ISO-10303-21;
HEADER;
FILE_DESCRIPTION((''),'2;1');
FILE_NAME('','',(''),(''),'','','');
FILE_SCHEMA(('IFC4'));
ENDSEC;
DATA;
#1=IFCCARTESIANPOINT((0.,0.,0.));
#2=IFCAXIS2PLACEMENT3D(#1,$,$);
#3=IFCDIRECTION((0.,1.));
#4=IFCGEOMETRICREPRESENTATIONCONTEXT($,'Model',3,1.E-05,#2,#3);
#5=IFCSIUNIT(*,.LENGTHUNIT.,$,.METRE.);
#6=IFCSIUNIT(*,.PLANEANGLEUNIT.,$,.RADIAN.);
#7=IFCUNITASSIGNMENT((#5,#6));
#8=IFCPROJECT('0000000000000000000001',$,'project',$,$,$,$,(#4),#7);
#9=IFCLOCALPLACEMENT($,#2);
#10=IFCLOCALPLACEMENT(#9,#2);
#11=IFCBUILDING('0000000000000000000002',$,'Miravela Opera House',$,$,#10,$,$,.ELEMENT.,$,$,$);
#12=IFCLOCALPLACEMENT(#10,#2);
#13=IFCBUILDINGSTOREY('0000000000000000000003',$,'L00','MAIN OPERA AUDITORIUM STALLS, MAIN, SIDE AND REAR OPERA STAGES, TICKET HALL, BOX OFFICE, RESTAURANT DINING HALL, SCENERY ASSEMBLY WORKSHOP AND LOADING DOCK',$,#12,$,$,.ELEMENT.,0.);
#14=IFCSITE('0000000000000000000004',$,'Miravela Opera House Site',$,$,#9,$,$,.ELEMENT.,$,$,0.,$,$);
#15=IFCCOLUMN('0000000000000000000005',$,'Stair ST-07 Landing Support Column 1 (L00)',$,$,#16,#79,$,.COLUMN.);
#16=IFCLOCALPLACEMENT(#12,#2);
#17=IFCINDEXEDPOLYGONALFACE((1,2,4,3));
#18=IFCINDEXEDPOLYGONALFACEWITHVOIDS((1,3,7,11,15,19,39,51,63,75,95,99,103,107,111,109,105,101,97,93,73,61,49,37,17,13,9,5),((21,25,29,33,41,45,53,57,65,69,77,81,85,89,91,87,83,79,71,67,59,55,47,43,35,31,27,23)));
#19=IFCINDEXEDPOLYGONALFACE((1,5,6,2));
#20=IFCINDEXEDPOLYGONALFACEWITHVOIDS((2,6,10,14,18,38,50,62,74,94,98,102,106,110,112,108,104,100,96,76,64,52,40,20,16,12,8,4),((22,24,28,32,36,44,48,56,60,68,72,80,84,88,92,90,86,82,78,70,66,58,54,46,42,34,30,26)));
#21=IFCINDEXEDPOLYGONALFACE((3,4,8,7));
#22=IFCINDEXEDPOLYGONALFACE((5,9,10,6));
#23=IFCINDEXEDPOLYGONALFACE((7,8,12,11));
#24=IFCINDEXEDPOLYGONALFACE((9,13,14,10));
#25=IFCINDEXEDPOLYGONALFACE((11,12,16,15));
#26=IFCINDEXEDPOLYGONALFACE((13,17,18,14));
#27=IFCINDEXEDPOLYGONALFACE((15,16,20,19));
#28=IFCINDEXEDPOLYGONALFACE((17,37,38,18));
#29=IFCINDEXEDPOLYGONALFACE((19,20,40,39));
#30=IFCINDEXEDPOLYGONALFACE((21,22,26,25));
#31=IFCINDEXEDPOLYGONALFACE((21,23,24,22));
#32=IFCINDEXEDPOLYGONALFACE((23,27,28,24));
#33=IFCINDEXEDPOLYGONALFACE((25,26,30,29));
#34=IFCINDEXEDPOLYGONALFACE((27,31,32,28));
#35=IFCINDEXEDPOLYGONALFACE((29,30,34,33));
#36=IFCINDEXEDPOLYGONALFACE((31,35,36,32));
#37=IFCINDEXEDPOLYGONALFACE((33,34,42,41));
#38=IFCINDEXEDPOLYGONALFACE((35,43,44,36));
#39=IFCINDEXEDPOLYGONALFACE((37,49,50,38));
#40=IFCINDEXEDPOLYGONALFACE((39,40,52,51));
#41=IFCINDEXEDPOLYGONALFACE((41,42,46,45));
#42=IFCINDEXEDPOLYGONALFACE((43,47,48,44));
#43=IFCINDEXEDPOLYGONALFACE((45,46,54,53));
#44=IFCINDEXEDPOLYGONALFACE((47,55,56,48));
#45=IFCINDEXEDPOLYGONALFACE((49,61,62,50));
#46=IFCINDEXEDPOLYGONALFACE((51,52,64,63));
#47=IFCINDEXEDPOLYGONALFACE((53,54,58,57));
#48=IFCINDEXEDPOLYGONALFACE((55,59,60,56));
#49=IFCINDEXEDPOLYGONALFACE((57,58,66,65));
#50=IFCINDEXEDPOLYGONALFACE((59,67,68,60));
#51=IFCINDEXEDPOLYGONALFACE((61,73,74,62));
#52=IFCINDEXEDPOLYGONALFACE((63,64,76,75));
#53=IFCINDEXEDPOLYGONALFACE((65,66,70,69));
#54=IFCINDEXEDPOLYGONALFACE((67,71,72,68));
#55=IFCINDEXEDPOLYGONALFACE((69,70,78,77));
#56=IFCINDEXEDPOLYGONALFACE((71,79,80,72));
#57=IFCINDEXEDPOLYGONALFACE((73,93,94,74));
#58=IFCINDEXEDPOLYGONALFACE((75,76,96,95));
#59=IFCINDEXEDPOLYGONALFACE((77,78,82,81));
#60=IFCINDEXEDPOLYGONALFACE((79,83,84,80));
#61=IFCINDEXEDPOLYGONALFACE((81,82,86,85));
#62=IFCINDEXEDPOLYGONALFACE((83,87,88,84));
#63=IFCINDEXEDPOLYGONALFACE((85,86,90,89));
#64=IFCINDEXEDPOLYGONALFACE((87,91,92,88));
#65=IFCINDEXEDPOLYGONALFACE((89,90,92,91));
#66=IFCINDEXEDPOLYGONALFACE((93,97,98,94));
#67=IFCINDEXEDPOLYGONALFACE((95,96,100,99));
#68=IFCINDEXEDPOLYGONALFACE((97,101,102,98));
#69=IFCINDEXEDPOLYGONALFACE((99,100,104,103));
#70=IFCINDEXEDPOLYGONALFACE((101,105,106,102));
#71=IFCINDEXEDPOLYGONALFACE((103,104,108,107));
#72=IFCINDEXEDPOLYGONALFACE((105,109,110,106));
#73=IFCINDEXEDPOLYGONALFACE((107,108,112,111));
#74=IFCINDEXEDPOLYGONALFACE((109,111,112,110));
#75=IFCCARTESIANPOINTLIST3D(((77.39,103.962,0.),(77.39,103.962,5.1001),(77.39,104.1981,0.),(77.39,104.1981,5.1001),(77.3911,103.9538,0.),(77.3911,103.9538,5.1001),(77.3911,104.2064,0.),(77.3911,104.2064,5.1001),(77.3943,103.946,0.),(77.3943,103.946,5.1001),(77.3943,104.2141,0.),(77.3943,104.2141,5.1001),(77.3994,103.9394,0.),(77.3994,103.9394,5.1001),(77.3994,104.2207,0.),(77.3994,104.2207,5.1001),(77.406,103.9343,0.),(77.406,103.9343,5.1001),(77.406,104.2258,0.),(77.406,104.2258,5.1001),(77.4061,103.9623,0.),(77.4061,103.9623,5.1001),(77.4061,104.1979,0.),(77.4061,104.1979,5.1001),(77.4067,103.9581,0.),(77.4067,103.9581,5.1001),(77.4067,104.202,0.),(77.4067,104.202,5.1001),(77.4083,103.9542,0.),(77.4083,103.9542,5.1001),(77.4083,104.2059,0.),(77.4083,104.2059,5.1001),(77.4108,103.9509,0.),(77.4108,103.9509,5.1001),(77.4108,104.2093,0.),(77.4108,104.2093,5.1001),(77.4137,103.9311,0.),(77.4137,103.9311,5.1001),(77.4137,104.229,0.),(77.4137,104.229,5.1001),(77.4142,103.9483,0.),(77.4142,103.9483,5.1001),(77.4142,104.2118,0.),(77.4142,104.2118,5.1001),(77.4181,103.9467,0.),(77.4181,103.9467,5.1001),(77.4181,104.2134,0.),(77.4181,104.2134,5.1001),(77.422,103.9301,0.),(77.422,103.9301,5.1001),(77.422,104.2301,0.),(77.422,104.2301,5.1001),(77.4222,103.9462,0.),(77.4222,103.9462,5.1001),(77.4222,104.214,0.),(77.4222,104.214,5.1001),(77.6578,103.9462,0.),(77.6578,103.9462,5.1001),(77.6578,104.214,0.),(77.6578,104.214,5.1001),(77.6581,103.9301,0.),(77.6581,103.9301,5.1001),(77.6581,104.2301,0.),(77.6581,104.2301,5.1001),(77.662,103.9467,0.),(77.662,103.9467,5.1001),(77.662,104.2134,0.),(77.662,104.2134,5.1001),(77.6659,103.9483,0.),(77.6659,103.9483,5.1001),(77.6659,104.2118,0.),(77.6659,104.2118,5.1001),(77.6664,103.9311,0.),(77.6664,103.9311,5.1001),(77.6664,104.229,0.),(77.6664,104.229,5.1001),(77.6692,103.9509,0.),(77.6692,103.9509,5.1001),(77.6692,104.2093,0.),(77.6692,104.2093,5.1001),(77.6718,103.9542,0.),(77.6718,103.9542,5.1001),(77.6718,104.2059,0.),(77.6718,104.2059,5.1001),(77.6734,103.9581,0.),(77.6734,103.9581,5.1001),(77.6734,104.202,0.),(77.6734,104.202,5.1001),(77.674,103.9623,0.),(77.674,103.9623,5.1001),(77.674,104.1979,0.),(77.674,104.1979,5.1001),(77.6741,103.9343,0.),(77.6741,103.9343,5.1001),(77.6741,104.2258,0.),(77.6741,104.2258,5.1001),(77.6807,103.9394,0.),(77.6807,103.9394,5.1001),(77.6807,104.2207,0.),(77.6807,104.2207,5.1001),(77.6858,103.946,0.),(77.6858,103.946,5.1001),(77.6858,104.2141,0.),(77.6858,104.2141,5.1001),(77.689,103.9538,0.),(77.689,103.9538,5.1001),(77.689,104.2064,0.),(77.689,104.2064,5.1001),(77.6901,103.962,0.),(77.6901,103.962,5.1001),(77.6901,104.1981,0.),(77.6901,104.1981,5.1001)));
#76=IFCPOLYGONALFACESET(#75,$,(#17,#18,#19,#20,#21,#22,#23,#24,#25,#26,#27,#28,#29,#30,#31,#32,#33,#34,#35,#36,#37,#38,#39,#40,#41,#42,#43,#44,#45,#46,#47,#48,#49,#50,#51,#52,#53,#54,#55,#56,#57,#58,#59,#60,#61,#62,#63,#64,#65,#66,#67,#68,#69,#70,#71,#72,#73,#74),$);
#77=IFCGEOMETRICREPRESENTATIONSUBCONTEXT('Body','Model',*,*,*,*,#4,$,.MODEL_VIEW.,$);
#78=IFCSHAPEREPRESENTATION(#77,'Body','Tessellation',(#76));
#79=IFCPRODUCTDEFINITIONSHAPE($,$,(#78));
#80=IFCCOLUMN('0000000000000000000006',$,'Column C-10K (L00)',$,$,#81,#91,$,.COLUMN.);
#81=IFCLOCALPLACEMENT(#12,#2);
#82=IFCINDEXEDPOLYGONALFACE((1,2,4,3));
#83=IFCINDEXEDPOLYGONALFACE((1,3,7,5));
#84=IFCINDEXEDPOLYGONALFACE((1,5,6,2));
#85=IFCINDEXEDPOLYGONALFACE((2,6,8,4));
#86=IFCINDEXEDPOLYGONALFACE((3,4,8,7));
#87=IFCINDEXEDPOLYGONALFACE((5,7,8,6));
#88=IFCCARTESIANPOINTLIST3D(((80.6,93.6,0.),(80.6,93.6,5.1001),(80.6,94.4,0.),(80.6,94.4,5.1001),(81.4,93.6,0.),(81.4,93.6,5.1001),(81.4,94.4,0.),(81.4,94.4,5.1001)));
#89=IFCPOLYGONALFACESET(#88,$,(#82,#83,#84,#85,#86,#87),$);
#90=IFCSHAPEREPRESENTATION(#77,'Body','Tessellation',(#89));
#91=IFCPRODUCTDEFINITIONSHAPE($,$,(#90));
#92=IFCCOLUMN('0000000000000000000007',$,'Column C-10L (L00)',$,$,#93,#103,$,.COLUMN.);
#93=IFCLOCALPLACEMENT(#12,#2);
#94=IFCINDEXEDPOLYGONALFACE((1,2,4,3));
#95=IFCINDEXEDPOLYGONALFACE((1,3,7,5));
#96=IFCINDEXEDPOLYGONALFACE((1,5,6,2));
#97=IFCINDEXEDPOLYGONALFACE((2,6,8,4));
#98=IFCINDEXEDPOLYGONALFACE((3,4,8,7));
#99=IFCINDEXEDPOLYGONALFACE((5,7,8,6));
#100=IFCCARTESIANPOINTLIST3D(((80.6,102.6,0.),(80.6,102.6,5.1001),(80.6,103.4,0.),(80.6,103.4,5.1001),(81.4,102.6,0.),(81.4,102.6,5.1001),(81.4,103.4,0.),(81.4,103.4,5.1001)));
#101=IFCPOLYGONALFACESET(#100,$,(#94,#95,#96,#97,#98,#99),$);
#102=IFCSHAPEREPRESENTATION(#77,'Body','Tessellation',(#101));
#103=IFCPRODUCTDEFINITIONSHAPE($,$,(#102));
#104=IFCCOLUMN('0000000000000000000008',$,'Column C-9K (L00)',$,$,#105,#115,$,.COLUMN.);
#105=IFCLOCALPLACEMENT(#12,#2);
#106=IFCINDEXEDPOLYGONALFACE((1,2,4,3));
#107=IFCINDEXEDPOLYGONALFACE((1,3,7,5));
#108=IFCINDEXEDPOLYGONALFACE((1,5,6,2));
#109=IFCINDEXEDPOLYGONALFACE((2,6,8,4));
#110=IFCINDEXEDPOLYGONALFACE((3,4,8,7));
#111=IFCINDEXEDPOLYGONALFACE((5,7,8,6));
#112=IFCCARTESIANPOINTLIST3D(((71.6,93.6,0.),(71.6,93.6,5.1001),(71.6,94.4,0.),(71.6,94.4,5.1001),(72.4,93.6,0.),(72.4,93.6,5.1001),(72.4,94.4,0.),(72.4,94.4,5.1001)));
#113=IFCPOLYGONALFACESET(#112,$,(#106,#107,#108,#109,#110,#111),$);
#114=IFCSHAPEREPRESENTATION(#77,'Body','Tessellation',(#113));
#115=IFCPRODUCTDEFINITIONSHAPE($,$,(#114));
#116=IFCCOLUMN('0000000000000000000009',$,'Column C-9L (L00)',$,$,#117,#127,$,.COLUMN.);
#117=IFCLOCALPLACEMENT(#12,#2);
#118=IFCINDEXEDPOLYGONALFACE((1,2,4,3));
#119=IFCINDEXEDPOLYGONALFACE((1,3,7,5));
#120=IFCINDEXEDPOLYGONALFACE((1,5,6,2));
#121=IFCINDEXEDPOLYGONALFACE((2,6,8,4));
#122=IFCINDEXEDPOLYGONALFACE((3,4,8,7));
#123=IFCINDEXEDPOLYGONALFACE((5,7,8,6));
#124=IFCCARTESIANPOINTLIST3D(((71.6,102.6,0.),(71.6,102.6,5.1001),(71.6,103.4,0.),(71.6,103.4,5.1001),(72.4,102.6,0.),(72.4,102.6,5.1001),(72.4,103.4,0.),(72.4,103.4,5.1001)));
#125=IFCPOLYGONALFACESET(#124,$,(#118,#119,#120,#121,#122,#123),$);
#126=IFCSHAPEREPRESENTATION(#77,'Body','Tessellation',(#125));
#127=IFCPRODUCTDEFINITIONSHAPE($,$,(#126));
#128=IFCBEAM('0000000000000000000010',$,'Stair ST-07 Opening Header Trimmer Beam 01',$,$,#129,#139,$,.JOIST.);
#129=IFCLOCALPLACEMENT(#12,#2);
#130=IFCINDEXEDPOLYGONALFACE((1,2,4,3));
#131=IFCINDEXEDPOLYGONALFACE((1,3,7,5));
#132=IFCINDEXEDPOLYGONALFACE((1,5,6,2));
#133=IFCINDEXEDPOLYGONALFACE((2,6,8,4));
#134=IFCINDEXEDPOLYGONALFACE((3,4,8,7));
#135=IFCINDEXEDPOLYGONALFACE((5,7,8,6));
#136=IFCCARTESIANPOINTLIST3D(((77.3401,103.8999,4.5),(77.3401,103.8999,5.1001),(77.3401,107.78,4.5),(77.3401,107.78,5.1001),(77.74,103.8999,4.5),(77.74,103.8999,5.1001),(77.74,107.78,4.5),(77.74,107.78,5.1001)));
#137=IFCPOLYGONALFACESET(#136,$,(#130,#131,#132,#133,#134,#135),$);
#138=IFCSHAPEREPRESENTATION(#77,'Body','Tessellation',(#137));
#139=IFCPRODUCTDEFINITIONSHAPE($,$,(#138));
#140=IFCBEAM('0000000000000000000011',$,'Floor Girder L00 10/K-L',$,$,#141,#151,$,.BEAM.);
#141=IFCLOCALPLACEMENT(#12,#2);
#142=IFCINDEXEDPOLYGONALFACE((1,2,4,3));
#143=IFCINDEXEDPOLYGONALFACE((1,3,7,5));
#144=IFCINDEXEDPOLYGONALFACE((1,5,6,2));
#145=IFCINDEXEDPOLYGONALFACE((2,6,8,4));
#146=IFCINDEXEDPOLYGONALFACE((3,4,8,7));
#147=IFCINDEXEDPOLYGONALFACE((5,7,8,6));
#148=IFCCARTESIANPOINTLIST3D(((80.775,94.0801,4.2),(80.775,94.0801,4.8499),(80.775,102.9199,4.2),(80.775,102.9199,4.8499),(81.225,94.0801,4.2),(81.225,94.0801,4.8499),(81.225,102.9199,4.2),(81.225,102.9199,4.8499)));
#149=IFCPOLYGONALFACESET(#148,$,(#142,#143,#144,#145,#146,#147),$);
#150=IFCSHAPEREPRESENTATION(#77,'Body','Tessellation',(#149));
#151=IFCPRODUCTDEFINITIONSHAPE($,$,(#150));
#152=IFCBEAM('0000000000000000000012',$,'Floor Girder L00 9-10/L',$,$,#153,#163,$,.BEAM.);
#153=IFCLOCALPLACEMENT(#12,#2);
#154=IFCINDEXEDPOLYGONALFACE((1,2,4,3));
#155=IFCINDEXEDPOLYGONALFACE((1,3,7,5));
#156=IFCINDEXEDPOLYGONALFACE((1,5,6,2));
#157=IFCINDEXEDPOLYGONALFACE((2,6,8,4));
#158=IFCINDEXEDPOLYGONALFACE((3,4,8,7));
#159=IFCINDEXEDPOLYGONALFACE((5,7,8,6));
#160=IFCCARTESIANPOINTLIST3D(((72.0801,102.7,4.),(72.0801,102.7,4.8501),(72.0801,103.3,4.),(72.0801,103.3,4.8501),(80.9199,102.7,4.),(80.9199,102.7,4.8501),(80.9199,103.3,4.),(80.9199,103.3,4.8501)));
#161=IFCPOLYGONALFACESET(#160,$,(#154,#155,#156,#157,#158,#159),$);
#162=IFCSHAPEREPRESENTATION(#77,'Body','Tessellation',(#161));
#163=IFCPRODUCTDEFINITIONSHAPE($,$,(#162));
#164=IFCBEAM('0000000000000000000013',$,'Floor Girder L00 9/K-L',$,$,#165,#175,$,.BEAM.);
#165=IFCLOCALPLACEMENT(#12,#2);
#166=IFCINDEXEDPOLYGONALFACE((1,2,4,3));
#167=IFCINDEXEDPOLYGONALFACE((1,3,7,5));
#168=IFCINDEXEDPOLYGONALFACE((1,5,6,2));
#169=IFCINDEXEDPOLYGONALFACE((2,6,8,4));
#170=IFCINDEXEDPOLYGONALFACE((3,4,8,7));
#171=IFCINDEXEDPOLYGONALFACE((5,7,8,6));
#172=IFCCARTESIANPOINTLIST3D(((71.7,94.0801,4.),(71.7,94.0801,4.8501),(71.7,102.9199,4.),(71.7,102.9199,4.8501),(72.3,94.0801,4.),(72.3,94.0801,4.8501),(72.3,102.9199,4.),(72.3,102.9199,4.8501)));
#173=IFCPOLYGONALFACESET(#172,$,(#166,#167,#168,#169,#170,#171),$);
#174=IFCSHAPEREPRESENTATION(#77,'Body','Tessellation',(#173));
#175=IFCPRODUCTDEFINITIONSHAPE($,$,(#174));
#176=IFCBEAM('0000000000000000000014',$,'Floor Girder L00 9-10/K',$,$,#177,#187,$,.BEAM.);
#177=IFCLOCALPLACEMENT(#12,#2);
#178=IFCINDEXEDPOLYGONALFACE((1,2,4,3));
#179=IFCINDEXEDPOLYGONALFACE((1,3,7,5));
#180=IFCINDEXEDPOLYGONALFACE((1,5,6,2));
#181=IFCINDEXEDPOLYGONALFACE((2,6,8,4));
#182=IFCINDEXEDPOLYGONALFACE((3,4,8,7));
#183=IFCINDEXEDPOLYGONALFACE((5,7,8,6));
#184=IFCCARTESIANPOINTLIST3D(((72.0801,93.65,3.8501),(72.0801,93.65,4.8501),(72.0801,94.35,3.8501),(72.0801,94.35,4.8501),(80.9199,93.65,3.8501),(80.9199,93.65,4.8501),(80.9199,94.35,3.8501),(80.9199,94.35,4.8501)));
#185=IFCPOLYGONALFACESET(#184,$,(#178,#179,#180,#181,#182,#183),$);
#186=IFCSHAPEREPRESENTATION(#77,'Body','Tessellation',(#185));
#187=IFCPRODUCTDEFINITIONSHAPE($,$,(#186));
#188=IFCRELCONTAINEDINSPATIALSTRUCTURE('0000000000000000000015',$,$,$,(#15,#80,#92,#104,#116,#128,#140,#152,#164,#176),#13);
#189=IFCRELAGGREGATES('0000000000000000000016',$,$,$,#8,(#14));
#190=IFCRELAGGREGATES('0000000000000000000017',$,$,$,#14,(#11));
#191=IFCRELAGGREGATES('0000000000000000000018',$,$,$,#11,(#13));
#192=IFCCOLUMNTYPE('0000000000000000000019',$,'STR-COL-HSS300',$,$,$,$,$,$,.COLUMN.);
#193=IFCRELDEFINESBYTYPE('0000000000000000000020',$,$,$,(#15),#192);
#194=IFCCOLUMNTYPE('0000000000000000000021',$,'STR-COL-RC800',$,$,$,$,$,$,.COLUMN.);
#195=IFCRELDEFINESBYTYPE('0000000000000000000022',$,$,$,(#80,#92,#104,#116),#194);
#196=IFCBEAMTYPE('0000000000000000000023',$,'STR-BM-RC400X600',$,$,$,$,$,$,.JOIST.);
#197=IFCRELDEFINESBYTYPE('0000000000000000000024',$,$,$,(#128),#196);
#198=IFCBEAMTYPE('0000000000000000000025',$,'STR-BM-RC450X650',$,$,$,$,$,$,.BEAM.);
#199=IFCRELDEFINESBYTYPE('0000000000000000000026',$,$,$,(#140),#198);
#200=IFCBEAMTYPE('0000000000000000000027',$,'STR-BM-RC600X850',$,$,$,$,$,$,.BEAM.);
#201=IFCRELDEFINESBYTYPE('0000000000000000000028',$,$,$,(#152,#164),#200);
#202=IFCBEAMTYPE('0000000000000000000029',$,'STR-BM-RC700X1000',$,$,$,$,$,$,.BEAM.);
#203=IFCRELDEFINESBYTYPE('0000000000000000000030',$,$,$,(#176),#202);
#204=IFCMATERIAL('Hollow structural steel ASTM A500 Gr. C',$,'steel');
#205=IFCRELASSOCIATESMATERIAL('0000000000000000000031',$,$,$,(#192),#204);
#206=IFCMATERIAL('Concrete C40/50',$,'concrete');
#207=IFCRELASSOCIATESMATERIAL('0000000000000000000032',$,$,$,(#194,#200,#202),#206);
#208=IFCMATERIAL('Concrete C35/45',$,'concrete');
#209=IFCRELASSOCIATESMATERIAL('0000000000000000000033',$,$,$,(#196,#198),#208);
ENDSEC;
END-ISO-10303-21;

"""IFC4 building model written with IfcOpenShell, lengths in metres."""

from ifc_helpers import new_model, si_unit, direction, frame, origin, origin_2d, place, context, subcontext, project, spatial, rectangle, hollow_rectangle, extrude, material, material_profile, profile_set, type_object, element, save


model = new_model("IFC4")

# Units and contexts
model_context = context("Model", 3, precision=1e-05, world=origin(), true_north=direction((0.0, 1.0)))
body_context = subcontext(model_context, "Body", "Model", "MODEL_VIEW")
ifc_project = project(units=[si_unit("LENGTHUNIT", "METRE"), si_unit("PLANEANGLEUNIT", "RADIAN")], contexts=[model_context])

# Site, building, storey
site_placement = place(None, origin())
site = spatial("IfcSite", under=ifc_project, at=site_placement, Name="Miravela Opera House Site", CompositionType="ELEMENT", RefElevation=0.0)
building_placement = place(site_placement, origin())
building = spatial("IfcBuilding", under=site, at=building_placement, Name="Miravela Opera House", CompositionType="ELEMENT")
storey_placement = place(building_placement, origin())
storey = spatial("IfcBuildingStorey", under=building, at=storey_placement, Name="L00", Description="MAIN OPERA AUDITORIUM STALLS, MAIN, SIDE AND REAR OPERA STAGES, TICKET HALL, BOX OFFICE, RESTAURANT DINING HALL, SCENERY ASSEMBLY WORKSHOP AND LOADING DOCK", CompositionType="ELEMENT", Elevation=0.0)

# Columns
ifc_material_1 = material(Name="Hollow structural steel ASTM A500 Gr. C", Category="steel")
ifc_material_profile_1 = material_profile(ifc_material_1, hollow_rectangle(XDim=0.3, YDim=0.3, WallThickness=0.0161, InnerFilletRadius=0.0161, OuterFilletRadius=0.032, at=origin_2d()), Name="HSS300X300X16")
ifc_profile_set_1 = profile_set([ifc_material_profile_1])
column_type_1 = type_object("IfcColumnType", Name="STR-COL-HSS300", PredefinedType="COLUMN", material=ifc_profile_set_1)
column_placement = place(storey_placement, frame((77.54, 104.0801, 0.0), z_axis=(0.0, 0.0, 1.0), x_axis=(1.0, 0.0, 0.0)))
element("IfcColumn", 1, at=column_placement, inside=storey, type_object=column_type_1, Name="Stair ST-07 Landing Support Column 1 (L00)", PredefinedType="COLUMN", context=body_context, shape_type="SweptSolid", body=[
    extrude(hollow_rectangle(XDim=0.3, YDim=0.3, WallThickness=0.0161, InnerFilletRadius=0.0161, OuterFilletRadius=0.032, at=origin_2d()), origin(), (0.0, 0.0, 1.0), 5.1001),
])
ifc_material_2 = material(Name="Concrete C40/50", Category="concrete")
ifc_material_profile_2 = material_profile(ifc_material_2, rectangle(XDim=0.8, YDim=0.8, at=origin_2d()), Name="RC-COL-800X800")
ifc_profile_set_2 = profile_set([ifc_material_profile_2])
column_type_2 = type_object("IfcColumnType", Name="STR-COL-RC800", PredefinedType="COLUMN", material=ifc_profile_set_2)
for number, where, z_axis, x_axis, name in (
    (2, (81.0, 94.0, 0.0), (0.0, 0.0, 1.0), (1.0, 0.0, 0.0), "Column C-10K (L00)"),
    (3, (81.0, 103.0, 0.0), (0.0, 0.0, 1.0), (1.0, 0.0, 0.0), "Column C-10L (L00)"),
    (4, (72.0, 94.0, 0.0), (0.0, 0.0, 1.0), (1.0, 0.0, 0.0), "Column C-9K (L00)"),
    (5, (72.0, 103.0, 0.0), (0.0, 0.0, 1.0), (1.0, 0.0, 0.0), "Column C-9L (L00)"),
):
    element("IfcColumn", number, at=place(storey_placement, frame(where, z_axis=z_axis, x_axis=x_axis)), inside=storey, type_object=column_type_2, Name=name, PredefinedType="COLUMN", context=body_context, shape_type="SweptSolid", body=[
        extrude(rectangle(XDim=0.8, YDim=0.8, at=origin_2d()), origin(), (0.0, 0.0, 1.0), 5.1001),
    ])

# Beams
ifc_material_3 = material(Name="Concrete C35/45", Category="concrete")
ifc_material_profile_3 = material_profile(ifc_material_3, rectangle(XDim=0.3999, YDim=0.6001, at=origin_2d()), Name="RC-BM-400X600")
ifc_profile_set_3 = profile_set([ifc_material_profile_3])
beam_type_1 = type_object("IfcBeamType", Name="STR-BM-RC400X600", PredefinedType="JOIST", material=ifc_profile_set_3)
beam_1_placement = place(storey_placement, frame((77.54, 103.8999, 4.8), z_axis=(0.0, 1.0, 0.0), x_axis=(-1.0, 0.0, 0.0)))
element("IfcBeam", 6, at=beam_1_placement, inside=storey, type_object=beam_type_1, Name="Stair ST-07 Opening Header Trimmer Beam 01", PredefinedType="JOIST", context=body_context, shape_type="SweptSolid", body=[
    extrude(rectangle(XDim=0.3999, YDim=0.6001, at=origin_2d()), origin(), (0.0, 0.0, 1.0), 3.8801),
])
ifc_material_profile_4 = material_profile(ifc_material_3, rectangle(XDim=0.45, YDim=0.6499, at=origin_2d()), Name="RC-BM-450X650")
ifc_profile_set_4 = profile_set([ifc_material_profile_4])
beam_type_2 = type_object("IfcBeamType", Name="STR-BM-RC450X650", PredefinedType="BEAM", material=ifc_profile_set_4)
beam_2_placement = place(storey_placement, frame((81.0, 94.0801, 4.5249), z_axis=(0.0, 1.0, 0.0), x_axis=(-1.0, 0.0, 0.0)))
element("IfcBeam", 7, at=beam_2_placement, inside=storey, type_object=beam_type_2, Name="Floor Girder L00 10/K-L", PredefinedType="BEAM", context=body_context, shape_type="SweptSolid", body=[
    extrude(rectangle(XDim=0.45, YDim=0.6499, at=origin_2d()), origin(), (0.0, 0.0, 1.0), 8.8398),
])
ifc_material_profile_5 = material_profile(ifc_material_2, rectangle(XDim=0.6001, YDim=0.8501, at=origin_2d()), Name="RC-BM-600X850")
ifc_profile_set_5 = profile_set([ifc_material_profile_5])
beam_type_3 = type_object("IfcBeamType", Name="STR-BM-RC600X850", PredefinedType="BEAM", material=ifc_profile_set_5)
for number, where, z_axis, x_axis, name in (
    (8, (72.0801, 103.0, 4.425), (1.0, 0.0, 0.0), (0.0, 1.0, 0.0), "Floor Girder L00 9-10/L"),
    (9, (72.0, 94.0801, 4.425), (0.0, 1.0, 0.0), (-1.0, 0.0, 0.0), "Floor Girder L00 9/K-L"),
):
    element("IfcBeam", number, at=place(storey_placement, frame(where, z_axis=z_axis, x_axis=x_axis)), inside=storey, type_object=beam_type_3, Name=name, PredefinedType="BEAM", context=body_context, shape_type="SweptSolid", body=[
        extrude(rectangle(XDim=0.6001, YDim=0.8501, at=origin_2d()), origin(), (0.0, 0.0, 1.0), 8.8398),
    ])
ifc_material_profile_6 = material_profile(ifc_material_2, rectangle(XDim=0.7, YDim=1.0, at=origin_2d()), Name="RC-BM-700X1000")
ifc_profile_set_6 = profile_set([ifc_material_profile_6])
beam_type_4 = type_object("IfcBeamType", Name="STR-BM-RC700X1000", PredefinedType="BEAM", material=ifc_profile_set_6)
beam_3_placement = place(storey_placement, frame((72.0801, 94.0, 4.3501), z_axis=(1.0, 0.0, 0.0), x_axis=(0.0, 1.0, 0.0)))
element("IfcBeam", 10, at=beam_3_placement, inside=storey, type_object=beam_type_4, Name="Floor Girder L00 9-10/K", PredefinedType="BEAM", context=body_context, shape_type="SweptSolid", body=[
    extrude(rectangle(XDim=0.7, YDim=1.0, at=origin_2d()), origin(), (0.0, 0.0, 1.0), 8.8398),
])

save(model, "model.ifc")
